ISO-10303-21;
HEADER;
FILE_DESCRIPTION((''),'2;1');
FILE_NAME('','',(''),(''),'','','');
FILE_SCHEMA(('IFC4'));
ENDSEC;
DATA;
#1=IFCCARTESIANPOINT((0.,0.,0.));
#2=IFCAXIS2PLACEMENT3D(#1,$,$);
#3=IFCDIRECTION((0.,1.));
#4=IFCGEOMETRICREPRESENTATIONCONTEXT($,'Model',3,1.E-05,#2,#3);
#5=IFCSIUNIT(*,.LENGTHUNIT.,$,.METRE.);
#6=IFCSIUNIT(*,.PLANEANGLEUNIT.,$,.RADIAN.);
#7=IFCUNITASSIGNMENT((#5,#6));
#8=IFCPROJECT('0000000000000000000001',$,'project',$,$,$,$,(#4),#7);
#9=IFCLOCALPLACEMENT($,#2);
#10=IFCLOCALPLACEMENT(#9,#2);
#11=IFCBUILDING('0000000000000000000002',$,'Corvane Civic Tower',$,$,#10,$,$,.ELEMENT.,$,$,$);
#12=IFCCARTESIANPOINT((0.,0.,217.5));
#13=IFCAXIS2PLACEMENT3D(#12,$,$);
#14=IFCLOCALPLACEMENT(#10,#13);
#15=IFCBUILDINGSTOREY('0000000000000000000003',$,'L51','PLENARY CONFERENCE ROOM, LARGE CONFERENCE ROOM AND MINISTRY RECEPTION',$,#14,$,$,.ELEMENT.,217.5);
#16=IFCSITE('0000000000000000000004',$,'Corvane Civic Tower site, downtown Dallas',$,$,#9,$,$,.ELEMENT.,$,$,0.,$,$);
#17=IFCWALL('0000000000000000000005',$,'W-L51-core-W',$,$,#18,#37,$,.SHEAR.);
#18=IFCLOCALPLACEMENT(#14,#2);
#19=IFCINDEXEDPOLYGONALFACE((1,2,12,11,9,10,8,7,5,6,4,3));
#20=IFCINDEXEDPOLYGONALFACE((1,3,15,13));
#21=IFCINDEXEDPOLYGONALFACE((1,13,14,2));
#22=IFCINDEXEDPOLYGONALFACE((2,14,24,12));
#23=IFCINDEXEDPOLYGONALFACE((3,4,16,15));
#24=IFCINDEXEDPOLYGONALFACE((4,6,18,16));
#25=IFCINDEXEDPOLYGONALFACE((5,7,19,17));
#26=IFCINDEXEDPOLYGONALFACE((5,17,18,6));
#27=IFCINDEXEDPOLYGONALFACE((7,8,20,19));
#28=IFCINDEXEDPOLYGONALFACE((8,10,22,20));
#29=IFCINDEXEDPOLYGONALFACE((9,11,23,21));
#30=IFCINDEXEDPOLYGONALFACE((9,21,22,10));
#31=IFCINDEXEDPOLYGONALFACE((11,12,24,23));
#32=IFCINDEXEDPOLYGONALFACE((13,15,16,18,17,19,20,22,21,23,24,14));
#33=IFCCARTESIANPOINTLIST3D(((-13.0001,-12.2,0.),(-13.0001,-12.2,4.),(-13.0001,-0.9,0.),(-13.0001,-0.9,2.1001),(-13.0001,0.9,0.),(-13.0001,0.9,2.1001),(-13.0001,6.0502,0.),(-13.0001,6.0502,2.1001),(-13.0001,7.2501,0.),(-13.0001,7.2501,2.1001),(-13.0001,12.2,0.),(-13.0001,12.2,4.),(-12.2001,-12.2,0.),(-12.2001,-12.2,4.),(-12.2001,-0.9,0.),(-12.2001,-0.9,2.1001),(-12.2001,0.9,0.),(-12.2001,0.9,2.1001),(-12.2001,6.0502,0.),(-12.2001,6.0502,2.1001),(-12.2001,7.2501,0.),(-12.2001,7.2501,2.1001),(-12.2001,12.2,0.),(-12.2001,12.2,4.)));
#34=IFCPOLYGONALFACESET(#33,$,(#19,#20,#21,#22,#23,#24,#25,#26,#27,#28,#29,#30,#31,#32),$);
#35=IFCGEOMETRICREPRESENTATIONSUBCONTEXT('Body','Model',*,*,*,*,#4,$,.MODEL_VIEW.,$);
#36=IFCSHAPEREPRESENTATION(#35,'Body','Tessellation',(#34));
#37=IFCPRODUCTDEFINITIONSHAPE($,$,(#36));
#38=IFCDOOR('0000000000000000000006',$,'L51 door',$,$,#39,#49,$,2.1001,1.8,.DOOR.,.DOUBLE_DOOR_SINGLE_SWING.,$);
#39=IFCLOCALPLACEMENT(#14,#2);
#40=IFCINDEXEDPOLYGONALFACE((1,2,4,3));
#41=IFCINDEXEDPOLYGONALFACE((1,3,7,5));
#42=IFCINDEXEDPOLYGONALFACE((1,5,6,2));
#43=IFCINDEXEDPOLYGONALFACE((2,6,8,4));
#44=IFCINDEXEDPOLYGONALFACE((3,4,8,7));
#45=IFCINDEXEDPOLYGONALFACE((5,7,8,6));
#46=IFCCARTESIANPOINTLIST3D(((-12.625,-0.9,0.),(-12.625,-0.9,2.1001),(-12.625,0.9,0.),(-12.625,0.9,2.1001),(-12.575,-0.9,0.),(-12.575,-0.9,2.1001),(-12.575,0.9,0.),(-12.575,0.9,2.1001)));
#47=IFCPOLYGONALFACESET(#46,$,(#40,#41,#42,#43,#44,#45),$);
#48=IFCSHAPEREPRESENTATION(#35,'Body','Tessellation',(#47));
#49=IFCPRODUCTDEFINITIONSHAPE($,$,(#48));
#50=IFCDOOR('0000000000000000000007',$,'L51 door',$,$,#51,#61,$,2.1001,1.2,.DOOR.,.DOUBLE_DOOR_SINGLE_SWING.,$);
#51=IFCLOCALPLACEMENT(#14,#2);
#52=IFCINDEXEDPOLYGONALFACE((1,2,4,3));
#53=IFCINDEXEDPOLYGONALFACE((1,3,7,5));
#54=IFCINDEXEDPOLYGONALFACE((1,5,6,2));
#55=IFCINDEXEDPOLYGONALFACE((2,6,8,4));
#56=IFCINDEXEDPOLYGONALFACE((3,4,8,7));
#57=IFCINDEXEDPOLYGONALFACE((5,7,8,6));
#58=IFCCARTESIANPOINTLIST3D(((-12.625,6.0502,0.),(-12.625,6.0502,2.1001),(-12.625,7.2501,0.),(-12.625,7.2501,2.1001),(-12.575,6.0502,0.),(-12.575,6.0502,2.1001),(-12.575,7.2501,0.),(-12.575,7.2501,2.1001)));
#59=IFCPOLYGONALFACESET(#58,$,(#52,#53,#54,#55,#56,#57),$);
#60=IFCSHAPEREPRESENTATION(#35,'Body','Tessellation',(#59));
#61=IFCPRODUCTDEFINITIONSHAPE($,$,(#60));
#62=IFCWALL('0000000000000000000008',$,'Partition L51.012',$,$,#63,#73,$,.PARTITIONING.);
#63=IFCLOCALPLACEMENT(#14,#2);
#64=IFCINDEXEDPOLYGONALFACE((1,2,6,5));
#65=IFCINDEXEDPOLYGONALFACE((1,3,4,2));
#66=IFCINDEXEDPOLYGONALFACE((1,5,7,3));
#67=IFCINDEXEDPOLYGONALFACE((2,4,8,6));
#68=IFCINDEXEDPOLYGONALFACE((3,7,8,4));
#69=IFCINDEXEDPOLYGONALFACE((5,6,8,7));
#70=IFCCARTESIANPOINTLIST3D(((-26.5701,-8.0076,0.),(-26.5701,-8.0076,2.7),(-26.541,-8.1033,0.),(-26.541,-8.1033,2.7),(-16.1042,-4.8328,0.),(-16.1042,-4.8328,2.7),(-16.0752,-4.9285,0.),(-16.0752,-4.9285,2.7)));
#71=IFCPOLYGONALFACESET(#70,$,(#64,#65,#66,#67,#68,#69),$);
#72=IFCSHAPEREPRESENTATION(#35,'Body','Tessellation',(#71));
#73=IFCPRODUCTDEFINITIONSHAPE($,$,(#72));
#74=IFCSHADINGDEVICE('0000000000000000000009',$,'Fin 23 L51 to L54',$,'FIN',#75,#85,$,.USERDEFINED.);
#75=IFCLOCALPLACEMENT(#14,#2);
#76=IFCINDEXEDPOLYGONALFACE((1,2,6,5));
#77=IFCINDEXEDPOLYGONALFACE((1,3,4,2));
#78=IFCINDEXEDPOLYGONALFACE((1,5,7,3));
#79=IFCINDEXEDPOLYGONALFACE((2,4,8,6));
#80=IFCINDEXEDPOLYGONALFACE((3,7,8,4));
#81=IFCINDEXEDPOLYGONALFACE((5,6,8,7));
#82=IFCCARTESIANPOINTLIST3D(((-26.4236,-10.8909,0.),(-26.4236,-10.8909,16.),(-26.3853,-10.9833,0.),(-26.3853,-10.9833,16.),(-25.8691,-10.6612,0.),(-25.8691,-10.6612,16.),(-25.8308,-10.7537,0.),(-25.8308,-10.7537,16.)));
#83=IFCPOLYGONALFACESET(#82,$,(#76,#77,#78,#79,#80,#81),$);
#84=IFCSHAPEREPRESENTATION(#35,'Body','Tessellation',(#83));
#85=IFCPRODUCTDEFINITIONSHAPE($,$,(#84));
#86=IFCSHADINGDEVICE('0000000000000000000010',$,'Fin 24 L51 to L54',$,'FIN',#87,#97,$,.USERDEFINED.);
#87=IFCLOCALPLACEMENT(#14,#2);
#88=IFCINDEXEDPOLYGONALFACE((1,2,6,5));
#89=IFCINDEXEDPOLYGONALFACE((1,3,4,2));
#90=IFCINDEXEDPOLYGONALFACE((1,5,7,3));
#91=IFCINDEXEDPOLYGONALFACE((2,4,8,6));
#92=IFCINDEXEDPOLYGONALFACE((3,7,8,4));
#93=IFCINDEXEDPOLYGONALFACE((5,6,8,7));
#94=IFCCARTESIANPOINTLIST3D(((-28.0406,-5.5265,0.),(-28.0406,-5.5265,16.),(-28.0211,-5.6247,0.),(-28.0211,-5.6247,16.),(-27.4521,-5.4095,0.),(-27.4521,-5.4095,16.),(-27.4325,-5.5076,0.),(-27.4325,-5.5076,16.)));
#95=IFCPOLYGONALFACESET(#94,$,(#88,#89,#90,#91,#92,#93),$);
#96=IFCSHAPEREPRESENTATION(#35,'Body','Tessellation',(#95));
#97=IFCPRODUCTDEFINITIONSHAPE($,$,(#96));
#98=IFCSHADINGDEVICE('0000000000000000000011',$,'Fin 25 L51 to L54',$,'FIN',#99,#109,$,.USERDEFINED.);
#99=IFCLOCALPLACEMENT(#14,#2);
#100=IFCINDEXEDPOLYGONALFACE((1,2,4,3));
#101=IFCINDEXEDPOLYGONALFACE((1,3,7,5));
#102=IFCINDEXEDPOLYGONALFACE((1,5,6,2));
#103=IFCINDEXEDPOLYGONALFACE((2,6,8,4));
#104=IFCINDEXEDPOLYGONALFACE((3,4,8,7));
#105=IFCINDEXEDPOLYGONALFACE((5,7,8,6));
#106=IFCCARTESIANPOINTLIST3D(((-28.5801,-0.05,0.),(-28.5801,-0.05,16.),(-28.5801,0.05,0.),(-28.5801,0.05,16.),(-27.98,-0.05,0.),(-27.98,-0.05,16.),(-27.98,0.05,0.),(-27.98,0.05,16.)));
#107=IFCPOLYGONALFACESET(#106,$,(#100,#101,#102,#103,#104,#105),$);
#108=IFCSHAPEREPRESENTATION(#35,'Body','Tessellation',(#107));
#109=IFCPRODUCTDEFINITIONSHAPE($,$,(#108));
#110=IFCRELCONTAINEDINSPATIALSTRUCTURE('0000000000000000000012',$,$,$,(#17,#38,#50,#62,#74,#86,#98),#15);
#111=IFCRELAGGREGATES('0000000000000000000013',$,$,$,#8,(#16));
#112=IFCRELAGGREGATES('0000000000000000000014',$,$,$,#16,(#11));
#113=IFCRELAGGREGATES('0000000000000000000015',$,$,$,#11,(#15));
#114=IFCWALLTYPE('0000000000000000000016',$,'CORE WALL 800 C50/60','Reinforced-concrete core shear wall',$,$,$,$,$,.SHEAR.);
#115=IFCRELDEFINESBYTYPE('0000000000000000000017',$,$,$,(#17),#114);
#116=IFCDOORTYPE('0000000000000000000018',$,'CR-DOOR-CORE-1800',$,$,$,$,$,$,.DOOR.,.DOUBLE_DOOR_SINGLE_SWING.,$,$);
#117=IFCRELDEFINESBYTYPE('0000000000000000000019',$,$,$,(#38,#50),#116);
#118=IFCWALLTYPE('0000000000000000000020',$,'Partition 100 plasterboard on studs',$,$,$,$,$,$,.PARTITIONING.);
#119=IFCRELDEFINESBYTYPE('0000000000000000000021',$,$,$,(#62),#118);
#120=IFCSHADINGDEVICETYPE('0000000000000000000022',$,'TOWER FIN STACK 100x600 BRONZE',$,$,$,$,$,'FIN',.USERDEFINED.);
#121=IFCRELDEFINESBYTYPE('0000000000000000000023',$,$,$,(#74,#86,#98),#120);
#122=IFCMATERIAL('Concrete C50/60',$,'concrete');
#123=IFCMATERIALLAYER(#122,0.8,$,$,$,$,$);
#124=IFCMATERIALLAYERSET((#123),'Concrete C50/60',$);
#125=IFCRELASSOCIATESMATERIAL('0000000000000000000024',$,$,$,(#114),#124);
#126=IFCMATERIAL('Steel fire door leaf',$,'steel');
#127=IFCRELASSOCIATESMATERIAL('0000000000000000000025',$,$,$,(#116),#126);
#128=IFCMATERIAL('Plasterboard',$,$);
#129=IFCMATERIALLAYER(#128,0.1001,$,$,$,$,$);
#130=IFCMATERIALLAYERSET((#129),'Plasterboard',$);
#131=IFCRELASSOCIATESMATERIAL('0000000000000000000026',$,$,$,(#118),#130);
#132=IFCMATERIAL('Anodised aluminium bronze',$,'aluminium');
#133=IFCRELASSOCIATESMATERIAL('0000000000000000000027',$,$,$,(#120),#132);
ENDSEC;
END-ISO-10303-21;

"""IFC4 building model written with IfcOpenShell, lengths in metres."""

from ifc_helpers import new_model, si_unit, direction, frame, frame_2d, origin, origin_2d, place, context, subcontext, project, spatial, rectangle, extrude, material, layer, layer_set, material_profile, profile_set, type_object, element, fill, save


model = new_model("IFC4")

# Units and contexts
model_context = context("Model", 3, precision=1e-05, world=origin(), true_north=direction((0.0, 1.0)))
body_context = subcontext(model_context, "Body", "Model", "MODEL_VIEW")
ifc_project = project(units=[si_unit("LENGTHUNIT", "METRE"), si_unit("PLANEANGLEUNIT", "RADIAN")], contexts=[model_context])

# Site, building, storey
site_placement = place(None, origin())
site = spatial("IfcSite", under=ifc_project, at=site_placement, Name="Corvane Civic Tower site, downtown Dallas", CompositionType="ELEMENT", RefElevation=0.0)
building_placement = place(site_placement, origin())
building = spatial("IfcBuilding", under=site, at=building_placement, Name="Corvane Civic Tower", CompositionType="ELEMENT")
storey_placement = place(building_placement, frame((0.0, 0.0, 217.5)))
storey = spatial("IfcBuildingStorey", under=building, at=storey_placement, Name="L51", Description="PLENARY CONFERENCE ROOM, LARGE CONFERENCE ROOM AND MINISTRY RECEPTION", CompositionType="ELEMENT", Elevation=217.5)

# Shared definitions
ifc_material_1 = material(Name="Concrete C50/60", Category="concrete")
ifc_layer_1 = layer(ifc_material_1, 0.8)
ifc_layer_set_1 = layer_set([ifc_layer_1], Name="Concrete C50/60")
wall_type_1 = type_object("IfcWallType", Name="CORE WALL 800 C50/60", Description="Reinforced-concrete core shear wall", PredefinedType="SHEAR", material=ifc_layer_set_1)

# Wall, openings, doors
wall_1_placement = place(storey_placement, frame((-12.6001, -12.2, 0.0), z_axis=(0.0, 0.0, 1.0), x_axis=(0.0, 1.0, 0.0)))
wall_1 = element("IfcWall", 1, at=wall_1_placement, inside=storey, type_object=wall_type_1, Name="W-L51-core-W", PredefinedType="SHEAR", context=body_context, shape_type="SweptSolid", body=[
    extrude(rectangle(XDim=24.3999, YDim=0.8, at=frame_2d((12.2, 0.0))), origin(), (0.0, 0.0, 1.0), 4.0),
])
opening_1_placement = place(wall_1_placement, frame((11.3, 0.0, 0.0)))
opening_1 = element("IfcOpeningElement", 2, at=opening_1_placement, cuts=wall_1, PredefinedType="OPENING", context=body_context, shape_type="SweptSolid", body=[
    extrude(rectangle(XDim=1.8, YDim=2.1001, at=frame_2d((0.8999, 1.05))), frame((0.0, 0.4099, 0.0), z_axis=(0.0, -1.0, 0.0), x_axis=(1.0, 0.0, 0.0)), (0.0, 0.0, 1.0), 0.8201),
])
opening_2_placement = place(wall_1_placement, frame((18.25, 0.0, 0.0)))
opening_2 = element("IfcOpeningElement", 3, at=opening_2_placement, cuts=wall_1, PredefinedType="OPENING", context=body_context, shape_type="SweptSolid", body=[
    extrude(rectangle(XDim=1.2, YDim=2.1001, at=frame_2d((0.6001, 1.05))), frame((0.0, 0.4099, 0.0), z_axis=(0.0, -1.0, 0.0), x_axis=(1.0, 0.0, 0.0)), (0.0, 0.0, 1.0), 0.8201),
])
ifc_material_2 = material(Name="Steel fire door leaf", Category="steel")
door_type = type_object("IfcDoorType", Name="CR-DOOR-CORE-1800", OperationType="DOUBLE_DOOR_SINGLE_SWING", PredefinedType="DOOR", material=ifc_material_2)
door_1_placement = place(opening_1_placement, origin())
door_1 = element("IfcDoor", 4, at=door_1_placement, inside=storey, type_object=door_type, Name="L51 door", OperationType="DOUBLE_DOOR_SINGLE_SWING", OverallHeight=2.1001, OverallWidth=1.8, PredefinedType="DOOR", context=body_context, shape_type="SweptSolid", body=[
    extrude(rectangle(XDim=1.8, YDim=2.1001, at=frame_2d((0.8999, 1.05))), frame((0.0, 0.0249, 0.0), z_axis=(0.0, -1.0, 0.0), x_axis=(1.0, 0.0, 0.0)), (0.0, 0.0, 1.0), 0.05),
])
fill(opening_1, door_1)
door_2_placement = place(opening_2_placement, origin())
door_2 = element("IfcDoor", 5, at=door_2_placement, inside=storey, type_object=door_type, Name="L51 door", OperationType="DOUBLE_DOOR_SINGLE_SWING", OverallHeight=2.1001, OverallWidth=1.2, PredefinedType="DOOR", context=body_context, shape_type="SweptSolid", body=[
    extrude(rectangle(XDim=1.2, YDim=2.1001, at=frame_2d((0.6001, 1.05))), frame((0.0, 0.0249, 0.0), z_axis=(0.0, -1.0, 0.0), x_axis=(1.0, 0.0, 0.0)), (0.0, 0.0, 1.0), 0.05),
])
fill(opening_2, door_2)

# Wall
ifc_material_3 = material(Name="Plasterboard")
ifc_layer_2 = layer(ifc_material_3, 0.1001)
ifc_layer_set_2 = layer_set([ifc_layer_2], Name="Plasterboard")
wall_type_2 = type_object("IfcWallType", Name="Partition 100 plasterboard on studs", PredefinedType="PARTITIONING", material=ifc_layer_set_2)
wall_2_placement = place(storey_placement, frame((-26.5554, -8.0554, 0.0), z_axis=(0.0, 0.0, 1.0), x_axis=(0.95694, 0.290287, 0.0)))
element("IfcWall", 6, at=wall_2_placement, inside=storey, type_object=wall_type_2, Name="Partition L51.012", PredefinedType="PARTITIONING", context=body_context, shape_type="SweptSolid", body=[
    extrude(rectangle(XDim=10.9368, YDim=0.1001, at=frame_2d((5.4683, 0.0))), origin(), (0.0, 0.0, 1.0), 2.7),
])

# Shading devices
ifc_material_4 = material(Name="Anodised aluminium bronze", Category="aluminium")
ifc_material_profile_1 = material_profile(ifc_material_4, rectangle(XDim=0.1001, YDim=0.6001, at=origin_2d()), Name="TOWER FIN STACK 100x600 BRONZE")
ifc_profile_set_1 = profile_set([ifc_material_profile_1], Name="Anodised aluminium bronze")
shading_device_type = type_object("IfcShadingDeviceType", Name="TOWER FIN STACK 100x600 BRONZE", ElementType="FIN", PredefinedType="USERDEFINED", material=ifc_profile_set_1)
for number, where, z_axis, x_axis, name in (
    (7, (-26.1272, -10.8223, 0.0), (0.0, 0.0, 1.0), (-0.382683, 0.92388, 0.0), "Fin 23 L51 to L54"),
    (8, (-27.7366, -5.5171, 0.0), (0.0, 0.0, 1.0), (-0.19509, 0.980785, 0.0), "Fin 24 L51 to L54"),
    (9, (-28.28, 0.0, 0.0), (0.0, 0.0, 1.0), (0.0, 1.0, 0.0), "Fin 25 L51 to L54"),
):
    element("IfcShadingDevice", number, at=place(storey_placement, frame(where, z_axis=z_axis, x_axis=x_axis)), inside=storey, type_object=shading_device_type, Name=name, ObjectType="FIN", PredefinedType="USERDEFINED", context=body_context, shape_type="SweptSolid", body=[
        extrude(rectangle(XDim=0.1001, YDim=0.6001, at=origin_2d()), origin(), (0.0, 0.0, 1.0), 16.0),
    ])

save(model, "model.ifc")
